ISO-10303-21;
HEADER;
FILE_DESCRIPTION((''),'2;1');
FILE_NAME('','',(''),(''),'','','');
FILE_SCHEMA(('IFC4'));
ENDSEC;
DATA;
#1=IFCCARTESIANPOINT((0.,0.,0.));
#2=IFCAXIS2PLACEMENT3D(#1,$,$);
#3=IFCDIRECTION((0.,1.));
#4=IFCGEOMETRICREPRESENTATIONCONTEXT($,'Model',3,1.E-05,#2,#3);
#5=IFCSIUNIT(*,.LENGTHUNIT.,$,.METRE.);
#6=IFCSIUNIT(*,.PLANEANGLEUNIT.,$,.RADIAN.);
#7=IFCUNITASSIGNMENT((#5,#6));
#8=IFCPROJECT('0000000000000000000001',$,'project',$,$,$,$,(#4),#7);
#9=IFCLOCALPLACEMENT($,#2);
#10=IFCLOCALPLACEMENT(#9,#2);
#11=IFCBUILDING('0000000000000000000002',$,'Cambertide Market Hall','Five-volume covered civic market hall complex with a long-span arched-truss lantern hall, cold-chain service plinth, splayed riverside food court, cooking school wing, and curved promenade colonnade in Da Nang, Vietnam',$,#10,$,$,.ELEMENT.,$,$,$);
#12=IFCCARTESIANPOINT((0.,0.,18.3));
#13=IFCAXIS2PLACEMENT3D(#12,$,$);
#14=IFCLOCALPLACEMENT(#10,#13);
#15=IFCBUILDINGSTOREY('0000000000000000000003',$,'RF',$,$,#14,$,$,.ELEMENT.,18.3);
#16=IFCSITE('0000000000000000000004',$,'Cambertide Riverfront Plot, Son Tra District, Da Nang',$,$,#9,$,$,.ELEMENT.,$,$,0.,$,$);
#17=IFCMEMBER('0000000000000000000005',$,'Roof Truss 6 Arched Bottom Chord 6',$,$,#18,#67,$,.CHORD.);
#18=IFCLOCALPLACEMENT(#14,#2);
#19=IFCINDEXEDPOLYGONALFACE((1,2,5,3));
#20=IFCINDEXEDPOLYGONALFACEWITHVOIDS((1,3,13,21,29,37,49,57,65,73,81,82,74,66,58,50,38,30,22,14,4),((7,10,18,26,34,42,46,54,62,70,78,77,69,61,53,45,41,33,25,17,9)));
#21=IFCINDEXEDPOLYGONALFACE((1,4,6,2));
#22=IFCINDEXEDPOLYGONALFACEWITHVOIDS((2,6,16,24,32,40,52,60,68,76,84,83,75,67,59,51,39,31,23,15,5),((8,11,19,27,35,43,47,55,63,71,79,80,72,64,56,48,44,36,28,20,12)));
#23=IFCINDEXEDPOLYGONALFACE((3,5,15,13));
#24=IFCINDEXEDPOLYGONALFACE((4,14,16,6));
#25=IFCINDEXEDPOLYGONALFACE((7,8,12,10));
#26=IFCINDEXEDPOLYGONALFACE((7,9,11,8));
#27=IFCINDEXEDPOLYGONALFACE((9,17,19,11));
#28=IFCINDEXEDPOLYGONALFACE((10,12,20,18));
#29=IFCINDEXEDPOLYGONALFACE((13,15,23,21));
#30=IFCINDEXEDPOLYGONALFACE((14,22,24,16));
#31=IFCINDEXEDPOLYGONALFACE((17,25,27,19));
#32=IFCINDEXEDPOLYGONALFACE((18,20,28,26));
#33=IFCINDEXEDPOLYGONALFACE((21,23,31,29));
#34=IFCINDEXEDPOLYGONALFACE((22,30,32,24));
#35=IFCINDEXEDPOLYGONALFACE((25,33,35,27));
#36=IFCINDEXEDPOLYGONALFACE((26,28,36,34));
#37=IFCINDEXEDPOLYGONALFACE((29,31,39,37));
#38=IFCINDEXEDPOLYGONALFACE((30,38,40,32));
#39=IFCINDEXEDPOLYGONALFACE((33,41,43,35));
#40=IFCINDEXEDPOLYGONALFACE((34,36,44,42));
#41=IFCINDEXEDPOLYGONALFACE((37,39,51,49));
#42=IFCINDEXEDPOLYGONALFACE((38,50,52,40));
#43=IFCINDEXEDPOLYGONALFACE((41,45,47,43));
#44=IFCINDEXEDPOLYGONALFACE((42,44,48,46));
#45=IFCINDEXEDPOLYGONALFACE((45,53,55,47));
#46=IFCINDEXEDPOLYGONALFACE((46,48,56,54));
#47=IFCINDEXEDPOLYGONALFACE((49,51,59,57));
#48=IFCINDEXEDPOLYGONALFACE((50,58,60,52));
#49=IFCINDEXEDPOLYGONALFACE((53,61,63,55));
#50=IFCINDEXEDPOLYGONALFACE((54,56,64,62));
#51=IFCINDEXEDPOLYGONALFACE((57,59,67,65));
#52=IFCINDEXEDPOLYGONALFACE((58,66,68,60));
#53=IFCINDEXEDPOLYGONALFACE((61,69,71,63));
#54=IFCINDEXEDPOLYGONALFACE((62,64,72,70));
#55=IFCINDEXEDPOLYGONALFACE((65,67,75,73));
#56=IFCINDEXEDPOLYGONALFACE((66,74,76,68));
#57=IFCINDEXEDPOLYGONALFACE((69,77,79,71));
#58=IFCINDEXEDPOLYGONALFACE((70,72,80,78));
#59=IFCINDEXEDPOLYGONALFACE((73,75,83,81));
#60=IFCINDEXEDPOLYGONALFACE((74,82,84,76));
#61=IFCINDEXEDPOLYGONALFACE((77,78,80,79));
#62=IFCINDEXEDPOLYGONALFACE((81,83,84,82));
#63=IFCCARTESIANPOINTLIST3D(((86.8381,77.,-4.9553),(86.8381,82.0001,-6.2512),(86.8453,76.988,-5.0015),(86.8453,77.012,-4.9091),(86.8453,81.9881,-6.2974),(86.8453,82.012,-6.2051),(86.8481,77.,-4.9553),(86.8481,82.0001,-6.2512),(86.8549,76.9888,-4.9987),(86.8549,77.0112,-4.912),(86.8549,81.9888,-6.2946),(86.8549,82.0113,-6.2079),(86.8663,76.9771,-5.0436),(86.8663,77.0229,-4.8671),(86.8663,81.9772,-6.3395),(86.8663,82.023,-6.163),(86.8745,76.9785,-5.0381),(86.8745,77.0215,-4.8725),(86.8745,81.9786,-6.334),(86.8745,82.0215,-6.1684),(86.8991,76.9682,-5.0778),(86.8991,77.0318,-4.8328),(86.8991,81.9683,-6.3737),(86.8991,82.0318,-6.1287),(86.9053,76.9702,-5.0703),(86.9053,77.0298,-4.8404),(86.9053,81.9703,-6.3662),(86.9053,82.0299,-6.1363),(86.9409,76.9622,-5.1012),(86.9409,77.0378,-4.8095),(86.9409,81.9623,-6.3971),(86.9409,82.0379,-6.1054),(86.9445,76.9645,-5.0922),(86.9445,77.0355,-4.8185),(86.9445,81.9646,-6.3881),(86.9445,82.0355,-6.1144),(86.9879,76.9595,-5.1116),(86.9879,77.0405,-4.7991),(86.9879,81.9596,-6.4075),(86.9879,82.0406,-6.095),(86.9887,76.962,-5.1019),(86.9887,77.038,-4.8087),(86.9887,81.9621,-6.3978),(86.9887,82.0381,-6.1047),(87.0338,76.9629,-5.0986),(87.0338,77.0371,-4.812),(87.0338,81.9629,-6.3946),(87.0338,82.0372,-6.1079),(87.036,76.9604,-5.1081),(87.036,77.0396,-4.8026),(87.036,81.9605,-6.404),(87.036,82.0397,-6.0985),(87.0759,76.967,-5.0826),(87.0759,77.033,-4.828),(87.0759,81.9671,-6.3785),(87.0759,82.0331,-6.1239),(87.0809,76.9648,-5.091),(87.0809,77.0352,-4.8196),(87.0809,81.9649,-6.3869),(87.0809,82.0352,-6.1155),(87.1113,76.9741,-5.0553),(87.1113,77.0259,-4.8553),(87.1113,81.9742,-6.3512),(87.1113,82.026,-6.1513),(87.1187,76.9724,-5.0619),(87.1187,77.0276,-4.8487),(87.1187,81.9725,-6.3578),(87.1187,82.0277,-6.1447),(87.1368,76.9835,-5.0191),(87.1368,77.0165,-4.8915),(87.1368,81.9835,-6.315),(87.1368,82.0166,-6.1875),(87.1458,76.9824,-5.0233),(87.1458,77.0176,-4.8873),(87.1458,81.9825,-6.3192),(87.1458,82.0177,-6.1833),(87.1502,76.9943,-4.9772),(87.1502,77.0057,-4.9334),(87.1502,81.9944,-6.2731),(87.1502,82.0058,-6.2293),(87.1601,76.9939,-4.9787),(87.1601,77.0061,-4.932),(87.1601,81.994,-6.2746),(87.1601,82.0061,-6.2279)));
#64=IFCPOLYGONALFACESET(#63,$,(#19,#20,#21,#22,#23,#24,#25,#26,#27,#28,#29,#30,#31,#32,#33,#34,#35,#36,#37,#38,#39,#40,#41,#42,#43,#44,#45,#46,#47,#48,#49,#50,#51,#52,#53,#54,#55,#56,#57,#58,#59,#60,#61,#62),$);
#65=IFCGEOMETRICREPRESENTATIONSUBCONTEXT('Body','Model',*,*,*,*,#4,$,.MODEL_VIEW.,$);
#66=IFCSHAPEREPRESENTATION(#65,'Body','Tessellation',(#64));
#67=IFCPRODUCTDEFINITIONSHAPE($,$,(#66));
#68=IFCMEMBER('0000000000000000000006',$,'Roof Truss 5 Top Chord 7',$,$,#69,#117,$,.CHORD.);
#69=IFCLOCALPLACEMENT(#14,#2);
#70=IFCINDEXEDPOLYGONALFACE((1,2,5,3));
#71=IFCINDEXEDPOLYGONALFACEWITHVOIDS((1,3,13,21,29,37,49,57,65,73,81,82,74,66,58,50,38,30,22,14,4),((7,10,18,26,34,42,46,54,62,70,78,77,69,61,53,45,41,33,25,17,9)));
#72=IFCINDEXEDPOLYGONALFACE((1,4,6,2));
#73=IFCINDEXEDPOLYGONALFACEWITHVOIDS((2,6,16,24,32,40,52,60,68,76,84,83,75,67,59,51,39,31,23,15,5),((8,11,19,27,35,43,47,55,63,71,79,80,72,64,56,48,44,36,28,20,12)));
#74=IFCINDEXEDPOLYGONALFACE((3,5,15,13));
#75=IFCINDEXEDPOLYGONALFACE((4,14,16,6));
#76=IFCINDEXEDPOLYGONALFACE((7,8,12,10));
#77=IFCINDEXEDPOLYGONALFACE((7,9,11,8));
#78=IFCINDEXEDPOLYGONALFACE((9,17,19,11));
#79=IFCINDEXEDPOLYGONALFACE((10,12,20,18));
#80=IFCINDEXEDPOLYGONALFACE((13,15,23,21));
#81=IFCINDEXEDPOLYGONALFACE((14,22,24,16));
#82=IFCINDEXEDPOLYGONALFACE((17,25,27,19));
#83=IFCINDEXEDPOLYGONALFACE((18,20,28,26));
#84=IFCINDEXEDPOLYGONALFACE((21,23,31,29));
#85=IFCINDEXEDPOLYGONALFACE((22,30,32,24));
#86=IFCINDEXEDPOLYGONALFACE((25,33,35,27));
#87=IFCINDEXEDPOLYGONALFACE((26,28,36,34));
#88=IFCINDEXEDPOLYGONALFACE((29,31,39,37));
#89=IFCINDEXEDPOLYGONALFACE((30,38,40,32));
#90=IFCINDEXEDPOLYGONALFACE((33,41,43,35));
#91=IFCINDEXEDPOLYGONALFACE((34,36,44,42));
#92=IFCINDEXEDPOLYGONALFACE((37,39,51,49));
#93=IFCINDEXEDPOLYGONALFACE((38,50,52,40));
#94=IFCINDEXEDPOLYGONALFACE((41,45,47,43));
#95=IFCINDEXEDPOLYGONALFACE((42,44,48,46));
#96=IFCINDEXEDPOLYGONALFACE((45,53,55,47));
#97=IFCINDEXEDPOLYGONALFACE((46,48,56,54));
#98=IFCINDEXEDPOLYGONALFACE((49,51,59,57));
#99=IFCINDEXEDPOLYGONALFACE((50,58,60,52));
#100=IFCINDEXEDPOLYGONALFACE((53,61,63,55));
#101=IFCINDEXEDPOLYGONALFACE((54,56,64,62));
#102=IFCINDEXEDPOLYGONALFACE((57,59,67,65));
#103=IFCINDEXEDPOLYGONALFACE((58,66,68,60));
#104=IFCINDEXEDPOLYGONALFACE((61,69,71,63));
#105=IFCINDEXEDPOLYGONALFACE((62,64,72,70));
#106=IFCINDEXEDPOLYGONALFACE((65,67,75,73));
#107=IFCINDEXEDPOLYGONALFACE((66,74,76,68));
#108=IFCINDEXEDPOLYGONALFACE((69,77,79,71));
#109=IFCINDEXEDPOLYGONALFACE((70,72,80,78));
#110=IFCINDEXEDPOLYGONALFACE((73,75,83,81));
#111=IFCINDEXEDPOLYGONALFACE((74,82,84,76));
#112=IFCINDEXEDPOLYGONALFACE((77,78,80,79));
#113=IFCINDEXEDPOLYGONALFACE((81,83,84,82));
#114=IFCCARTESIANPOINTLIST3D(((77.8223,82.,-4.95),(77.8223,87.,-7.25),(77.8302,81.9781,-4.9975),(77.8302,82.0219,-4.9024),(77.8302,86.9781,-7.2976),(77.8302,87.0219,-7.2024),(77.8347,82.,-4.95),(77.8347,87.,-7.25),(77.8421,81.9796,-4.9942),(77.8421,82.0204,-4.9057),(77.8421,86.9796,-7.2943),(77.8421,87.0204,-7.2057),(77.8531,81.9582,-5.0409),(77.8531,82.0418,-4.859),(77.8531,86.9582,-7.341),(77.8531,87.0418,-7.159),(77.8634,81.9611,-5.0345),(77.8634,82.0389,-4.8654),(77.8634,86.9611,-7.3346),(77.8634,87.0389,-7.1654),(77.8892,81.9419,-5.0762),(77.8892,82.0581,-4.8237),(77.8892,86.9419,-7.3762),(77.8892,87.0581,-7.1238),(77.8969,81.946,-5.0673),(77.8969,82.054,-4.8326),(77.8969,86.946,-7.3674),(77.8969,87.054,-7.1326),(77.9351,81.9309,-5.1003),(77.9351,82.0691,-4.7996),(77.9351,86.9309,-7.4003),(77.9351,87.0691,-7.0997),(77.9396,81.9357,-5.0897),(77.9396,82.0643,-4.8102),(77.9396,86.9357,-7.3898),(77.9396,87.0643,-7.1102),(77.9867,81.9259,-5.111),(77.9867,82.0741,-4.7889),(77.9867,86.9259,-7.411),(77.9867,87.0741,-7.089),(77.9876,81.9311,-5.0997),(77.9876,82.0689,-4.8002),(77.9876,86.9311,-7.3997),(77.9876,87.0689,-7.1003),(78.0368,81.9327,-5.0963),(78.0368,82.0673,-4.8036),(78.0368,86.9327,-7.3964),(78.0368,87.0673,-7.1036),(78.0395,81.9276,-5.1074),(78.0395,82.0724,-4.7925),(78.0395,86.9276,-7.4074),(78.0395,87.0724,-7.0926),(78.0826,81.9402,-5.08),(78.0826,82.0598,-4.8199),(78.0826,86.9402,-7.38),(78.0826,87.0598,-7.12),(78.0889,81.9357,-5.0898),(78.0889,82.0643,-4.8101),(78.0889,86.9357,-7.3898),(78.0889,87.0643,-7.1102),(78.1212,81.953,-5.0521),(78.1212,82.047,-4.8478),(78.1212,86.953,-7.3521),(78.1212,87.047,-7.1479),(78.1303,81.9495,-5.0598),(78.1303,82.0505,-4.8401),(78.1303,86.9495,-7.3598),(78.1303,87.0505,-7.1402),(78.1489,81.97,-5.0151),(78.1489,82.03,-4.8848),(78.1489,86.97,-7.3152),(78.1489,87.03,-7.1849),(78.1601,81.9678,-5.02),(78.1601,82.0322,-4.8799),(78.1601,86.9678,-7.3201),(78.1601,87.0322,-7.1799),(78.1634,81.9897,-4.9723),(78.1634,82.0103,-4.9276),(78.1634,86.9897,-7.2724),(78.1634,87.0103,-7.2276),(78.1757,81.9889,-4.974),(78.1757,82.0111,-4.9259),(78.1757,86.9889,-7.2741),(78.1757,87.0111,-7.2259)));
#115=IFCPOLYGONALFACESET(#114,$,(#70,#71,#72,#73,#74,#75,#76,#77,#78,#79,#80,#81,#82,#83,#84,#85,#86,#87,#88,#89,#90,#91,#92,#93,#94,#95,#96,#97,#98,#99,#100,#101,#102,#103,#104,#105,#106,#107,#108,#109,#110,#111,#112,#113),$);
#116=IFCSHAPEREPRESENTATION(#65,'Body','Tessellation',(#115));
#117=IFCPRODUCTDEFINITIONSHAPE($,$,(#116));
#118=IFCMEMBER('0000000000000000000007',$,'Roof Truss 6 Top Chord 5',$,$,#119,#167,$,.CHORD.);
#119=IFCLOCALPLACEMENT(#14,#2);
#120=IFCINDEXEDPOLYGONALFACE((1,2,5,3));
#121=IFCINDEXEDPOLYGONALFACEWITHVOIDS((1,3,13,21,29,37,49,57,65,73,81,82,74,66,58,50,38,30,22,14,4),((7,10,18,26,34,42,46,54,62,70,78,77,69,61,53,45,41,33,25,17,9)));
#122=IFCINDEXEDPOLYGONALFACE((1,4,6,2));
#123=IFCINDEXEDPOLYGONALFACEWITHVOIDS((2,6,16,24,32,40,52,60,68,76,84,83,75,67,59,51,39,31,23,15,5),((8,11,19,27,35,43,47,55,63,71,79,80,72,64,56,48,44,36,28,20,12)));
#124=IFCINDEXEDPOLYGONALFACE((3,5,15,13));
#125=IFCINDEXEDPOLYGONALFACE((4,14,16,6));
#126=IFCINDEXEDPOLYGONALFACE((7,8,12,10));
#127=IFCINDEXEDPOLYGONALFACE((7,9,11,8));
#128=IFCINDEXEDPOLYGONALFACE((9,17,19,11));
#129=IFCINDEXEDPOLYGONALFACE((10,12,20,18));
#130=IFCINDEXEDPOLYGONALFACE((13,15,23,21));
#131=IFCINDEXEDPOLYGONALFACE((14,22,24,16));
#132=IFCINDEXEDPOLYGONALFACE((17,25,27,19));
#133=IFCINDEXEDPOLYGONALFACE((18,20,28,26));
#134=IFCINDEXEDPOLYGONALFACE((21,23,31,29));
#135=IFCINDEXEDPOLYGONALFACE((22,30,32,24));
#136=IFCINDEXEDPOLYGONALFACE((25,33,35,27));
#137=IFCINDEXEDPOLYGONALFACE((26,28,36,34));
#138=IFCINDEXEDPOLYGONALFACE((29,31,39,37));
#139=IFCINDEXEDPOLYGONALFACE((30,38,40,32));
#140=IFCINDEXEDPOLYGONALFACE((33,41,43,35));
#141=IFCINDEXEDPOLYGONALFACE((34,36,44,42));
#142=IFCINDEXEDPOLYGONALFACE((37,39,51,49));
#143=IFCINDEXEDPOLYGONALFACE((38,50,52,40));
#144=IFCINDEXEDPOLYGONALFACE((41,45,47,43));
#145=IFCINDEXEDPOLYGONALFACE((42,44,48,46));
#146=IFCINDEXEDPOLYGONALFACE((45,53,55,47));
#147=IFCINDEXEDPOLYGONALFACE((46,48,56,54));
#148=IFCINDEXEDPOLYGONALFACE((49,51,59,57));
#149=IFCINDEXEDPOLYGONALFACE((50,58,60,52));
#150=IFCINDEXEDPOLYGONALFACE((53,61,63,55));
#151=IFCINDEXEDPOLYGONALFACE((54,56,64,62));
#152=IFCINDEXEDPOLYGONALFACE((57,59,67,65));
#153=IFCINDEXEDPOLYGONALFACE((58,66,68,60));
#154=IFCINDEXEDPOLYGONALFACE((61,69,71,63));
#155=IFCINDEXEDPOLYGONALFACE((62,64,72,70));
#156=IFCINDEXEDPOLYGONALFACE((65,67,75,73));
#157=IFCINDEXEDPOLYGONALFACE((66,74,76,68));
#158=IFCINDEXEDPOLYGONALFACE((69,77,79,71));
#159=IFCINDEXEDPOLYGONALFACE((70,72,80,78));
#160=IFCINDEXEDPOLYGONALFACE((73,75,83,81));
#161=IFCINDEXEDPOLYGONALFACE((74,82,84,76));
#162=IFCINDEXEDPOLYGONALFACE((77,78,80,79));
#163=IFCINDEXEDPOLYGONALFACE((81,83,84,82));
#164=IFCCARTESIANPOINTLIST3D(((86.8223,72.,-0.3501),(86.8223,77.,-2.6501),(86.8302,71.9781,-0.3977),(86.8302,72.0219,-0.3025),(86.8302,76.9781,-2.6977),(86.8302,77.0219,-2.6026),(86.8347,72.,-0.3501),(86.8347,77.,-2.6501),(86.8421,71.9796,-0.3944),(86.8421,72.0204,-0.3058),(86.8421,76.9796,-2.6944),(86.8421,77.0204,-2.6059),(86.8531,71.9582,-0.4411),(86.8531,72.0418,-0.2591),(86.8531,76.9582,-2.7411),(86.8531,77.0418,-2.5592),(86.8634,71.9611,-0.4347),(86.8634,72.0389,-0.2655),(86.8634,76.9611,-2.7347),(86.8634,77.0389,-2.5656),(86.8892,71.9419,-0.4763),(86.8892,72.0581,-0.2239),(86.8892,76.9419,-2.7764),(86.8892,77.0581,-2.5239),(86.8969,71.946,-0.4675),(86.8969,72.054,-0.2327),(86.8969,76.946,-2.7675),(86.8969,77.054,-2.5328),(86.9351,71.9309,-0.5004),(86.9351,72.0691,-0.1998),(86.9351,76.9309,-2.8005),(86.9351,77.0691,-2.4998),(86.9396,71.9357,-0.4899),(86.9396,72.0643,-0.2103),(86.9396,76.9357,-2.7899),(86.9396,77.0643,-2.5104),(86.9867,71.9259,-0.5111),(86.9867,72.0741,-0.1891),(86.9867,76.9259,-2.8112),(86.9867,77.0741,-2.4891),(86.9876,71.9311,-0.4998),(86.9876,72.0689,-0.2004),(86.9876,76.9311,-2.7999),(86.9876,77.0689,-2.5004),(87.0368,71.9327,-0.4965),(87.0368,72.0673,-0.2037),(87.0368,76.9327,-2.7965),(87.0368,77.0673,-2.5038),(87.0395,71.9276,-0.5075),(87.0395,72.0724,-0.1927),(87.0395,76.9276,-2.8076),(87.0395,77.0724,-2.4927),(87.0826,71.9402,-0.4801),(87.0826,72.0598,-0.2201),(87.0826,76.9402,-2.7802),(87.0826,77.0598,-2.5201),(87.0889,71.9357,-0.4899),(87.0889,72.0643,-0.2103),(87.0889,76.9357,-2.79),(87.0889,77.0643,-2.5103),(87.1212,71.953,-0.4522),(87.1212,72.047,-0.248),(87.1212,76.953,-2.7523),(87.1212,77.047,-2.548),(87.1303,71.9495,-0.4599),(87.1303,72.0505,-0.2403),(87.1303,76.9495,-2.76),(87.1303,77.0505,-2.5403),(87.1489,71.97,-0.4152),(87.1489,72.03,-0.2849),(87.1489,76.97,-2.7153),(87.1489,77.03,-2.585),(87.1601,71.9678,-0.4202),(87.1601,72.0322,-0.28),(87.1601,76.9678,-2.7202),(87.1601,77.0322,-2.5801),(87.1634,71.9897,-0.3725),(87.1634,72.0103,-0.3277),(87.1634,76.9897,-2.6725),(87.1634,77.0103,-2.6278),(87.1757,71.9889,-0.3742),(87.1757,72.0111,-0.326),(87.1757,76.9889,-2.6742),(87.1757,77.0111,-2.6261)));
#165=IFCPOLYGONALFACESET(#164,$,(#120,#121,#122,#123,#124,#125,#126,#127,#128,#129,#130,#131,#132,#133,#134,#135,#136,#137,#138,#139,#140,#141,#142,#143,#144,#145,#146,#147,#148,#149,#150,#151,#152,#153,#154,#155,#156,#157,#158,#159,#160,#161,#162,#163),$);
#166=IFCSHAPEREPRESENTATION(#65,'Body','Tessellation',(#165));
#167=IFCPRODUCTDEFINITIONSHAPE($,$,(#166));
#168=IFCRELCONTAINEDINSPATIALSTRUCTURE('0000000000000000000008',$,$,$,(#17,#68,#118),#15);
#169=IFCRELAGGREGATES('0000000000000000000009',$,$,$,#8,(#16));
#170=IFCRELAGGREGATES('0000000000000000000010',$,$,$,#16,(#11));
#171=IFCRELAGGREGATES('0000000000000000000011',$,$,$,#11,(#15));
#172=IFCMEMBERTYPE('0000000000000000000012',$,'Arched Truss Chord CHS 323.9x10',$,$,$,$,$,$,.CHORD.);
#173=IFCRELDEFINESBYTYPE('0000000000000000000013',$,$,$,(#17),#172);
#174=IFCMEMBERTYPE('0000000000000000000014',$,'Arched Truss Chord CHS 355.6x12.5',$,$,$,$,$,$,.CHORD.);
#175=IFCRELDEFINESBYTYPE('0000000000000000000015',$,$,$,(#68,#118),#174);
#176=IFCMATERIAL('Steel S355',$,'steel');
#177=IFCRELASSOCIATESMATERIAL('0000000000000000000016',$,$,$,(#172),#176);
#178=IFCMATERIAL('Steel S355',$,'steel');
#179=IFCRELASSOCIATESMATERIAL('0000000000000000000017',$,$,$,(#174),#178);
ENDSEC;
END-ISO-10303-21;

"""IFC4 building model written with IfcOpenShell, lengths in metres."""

from ifc_helpers import new_model, si_unit, direction, frame, origin, origin_2d, place, context, subcontext, project, spatial, hollow_circle, extrude, material, material_profile, profile_set, type_object, element, save


model = new_model("IFC4")

# Units and contexts
model_context = context("Model", 3, precision=1e-05, world=origin(), true_north=direction((0.0, 1.0)))
body_context = subcontext(model_context, "Body", "Model", "MODEL_VIEW")
ifc_project = project(units=[si_unit("LENGTHUNIT", "METRE"), si_unit("PLANEANGLEUNIT", "RADIAN")], contexts=[model_context])

# Site, building, storey
site_placement = place(None, origin())
site = spatial("IfcSite", under=ifc_project, at=site_placement, Name="Cambertide Riverfront Plot, Son Tra District, Da Nang", CompositionType="ELEMENT", RefElevation=0.0)
building_placement = place(site_placement, origin())
building = spatial("IfcBuilding", under=site, at=building_placement, Name="Cambertide Market Hall", Description="Five-volume covered civic market hall complex with a long-span arched-truss lantern hall, cold-chain service plinth, splayed riverside food court, cooking school wing, and curved promenade colonnade in Da Nang, Vietnam", CompositionType="ELEMENT")
storey_placement = place(building_placement, frame((0.0, 0.0, 18.3)))
storey = spatial("IfcBuildingStorey", under=building, at=storey_placement, Name="RF", CompositionType="ELEMENT", Elevation=18.3)

# Members
ifc_material_1 = material(Name="Steel S355", Category="steel")
ifc_material_profile_1 = material_profile(ifc_material_1, hollow_circle(Radius=0.1619, WallThickness=0.01, at=origin_2d()), Name="CHS 323.9x10")
ifc_profile_set_1 = profile_set([ifc_material_profile_1], Name="Steel S355")
member_type_1 = type_object("IfcMemberType", Name="Arched Truss Chord CHS 323.9x10", PredefinedType="CHORD", material=ifc_profile_set_1)
member_1_placement = place(storey_placement, frame((87.0, 77.0, -4.9553), z_axis=(0.0, 0.968016, -0.25089), x_axis=(-1.0, 0.0, 0.0)))
element("IfcMember", 1, at=member_1_placement, inside=storey, type_object=member_type_1, Name="Roof Truss 6 Arched Bottom Chord 6", PredefinedType="CHORD", context=body_context, shape_type="SweptSolid", body=[
    extrude(hollow_circle(Radius=0.1619, WallThickness=0.01, at=origin_2d()), origin(), (0.0, 0.0, 1.0), 5.1653),
])
ifc_material_2 = material(Name="Steel S355", Category="steel")
ifc_material_profile_2 = material_profile(ifc_material_2, hollow_circle(Radius=0.1777, WallThickness=0.0125, at=origin_2d()), Name="CHS 355.6x12.5")
ifc_profile_set_2 = profile_set([ifc_material_profile_2], Name="Steel S355")
member_type_2 = type_object("IfcMemberType", Name="Arched Truss Chord CHS 355.6x12.5", PredefinedType="CHORD", material=ifc_profile_set_2)
for number, where, z_axis, x_axis, name in (
    (2, (78.0, 82.0, -4.95), (0.0, 0.908487, -0.417913), (-1.0, 0.0, 0.0), "Roof Truss 5 Top Chord 7"),
    (3, (87.0, 72.0, -0.3501), (0.0, 0.908487, -0.417913), (-1.0, 0.0, 0.0), "Roof Truss 6 Top Chord 5"),
):
    element("IfcMember", number, at=place(storey_placement, frame(where, z_axis=z_axis, x_axis=x_axis)), inside=storey, type_object=member_type_2, Name=name, PredefinedType="CHORD", context=body_context, shape_type="SweptSolid", body=[
        extrude(hollow_circle(Radius=0.1777, WallThickness=0.0125, at=origin_2d()), origin(), (0.0, 0.0, 1.0), 5.5037),
    ])

save(model, "model.ifc")
